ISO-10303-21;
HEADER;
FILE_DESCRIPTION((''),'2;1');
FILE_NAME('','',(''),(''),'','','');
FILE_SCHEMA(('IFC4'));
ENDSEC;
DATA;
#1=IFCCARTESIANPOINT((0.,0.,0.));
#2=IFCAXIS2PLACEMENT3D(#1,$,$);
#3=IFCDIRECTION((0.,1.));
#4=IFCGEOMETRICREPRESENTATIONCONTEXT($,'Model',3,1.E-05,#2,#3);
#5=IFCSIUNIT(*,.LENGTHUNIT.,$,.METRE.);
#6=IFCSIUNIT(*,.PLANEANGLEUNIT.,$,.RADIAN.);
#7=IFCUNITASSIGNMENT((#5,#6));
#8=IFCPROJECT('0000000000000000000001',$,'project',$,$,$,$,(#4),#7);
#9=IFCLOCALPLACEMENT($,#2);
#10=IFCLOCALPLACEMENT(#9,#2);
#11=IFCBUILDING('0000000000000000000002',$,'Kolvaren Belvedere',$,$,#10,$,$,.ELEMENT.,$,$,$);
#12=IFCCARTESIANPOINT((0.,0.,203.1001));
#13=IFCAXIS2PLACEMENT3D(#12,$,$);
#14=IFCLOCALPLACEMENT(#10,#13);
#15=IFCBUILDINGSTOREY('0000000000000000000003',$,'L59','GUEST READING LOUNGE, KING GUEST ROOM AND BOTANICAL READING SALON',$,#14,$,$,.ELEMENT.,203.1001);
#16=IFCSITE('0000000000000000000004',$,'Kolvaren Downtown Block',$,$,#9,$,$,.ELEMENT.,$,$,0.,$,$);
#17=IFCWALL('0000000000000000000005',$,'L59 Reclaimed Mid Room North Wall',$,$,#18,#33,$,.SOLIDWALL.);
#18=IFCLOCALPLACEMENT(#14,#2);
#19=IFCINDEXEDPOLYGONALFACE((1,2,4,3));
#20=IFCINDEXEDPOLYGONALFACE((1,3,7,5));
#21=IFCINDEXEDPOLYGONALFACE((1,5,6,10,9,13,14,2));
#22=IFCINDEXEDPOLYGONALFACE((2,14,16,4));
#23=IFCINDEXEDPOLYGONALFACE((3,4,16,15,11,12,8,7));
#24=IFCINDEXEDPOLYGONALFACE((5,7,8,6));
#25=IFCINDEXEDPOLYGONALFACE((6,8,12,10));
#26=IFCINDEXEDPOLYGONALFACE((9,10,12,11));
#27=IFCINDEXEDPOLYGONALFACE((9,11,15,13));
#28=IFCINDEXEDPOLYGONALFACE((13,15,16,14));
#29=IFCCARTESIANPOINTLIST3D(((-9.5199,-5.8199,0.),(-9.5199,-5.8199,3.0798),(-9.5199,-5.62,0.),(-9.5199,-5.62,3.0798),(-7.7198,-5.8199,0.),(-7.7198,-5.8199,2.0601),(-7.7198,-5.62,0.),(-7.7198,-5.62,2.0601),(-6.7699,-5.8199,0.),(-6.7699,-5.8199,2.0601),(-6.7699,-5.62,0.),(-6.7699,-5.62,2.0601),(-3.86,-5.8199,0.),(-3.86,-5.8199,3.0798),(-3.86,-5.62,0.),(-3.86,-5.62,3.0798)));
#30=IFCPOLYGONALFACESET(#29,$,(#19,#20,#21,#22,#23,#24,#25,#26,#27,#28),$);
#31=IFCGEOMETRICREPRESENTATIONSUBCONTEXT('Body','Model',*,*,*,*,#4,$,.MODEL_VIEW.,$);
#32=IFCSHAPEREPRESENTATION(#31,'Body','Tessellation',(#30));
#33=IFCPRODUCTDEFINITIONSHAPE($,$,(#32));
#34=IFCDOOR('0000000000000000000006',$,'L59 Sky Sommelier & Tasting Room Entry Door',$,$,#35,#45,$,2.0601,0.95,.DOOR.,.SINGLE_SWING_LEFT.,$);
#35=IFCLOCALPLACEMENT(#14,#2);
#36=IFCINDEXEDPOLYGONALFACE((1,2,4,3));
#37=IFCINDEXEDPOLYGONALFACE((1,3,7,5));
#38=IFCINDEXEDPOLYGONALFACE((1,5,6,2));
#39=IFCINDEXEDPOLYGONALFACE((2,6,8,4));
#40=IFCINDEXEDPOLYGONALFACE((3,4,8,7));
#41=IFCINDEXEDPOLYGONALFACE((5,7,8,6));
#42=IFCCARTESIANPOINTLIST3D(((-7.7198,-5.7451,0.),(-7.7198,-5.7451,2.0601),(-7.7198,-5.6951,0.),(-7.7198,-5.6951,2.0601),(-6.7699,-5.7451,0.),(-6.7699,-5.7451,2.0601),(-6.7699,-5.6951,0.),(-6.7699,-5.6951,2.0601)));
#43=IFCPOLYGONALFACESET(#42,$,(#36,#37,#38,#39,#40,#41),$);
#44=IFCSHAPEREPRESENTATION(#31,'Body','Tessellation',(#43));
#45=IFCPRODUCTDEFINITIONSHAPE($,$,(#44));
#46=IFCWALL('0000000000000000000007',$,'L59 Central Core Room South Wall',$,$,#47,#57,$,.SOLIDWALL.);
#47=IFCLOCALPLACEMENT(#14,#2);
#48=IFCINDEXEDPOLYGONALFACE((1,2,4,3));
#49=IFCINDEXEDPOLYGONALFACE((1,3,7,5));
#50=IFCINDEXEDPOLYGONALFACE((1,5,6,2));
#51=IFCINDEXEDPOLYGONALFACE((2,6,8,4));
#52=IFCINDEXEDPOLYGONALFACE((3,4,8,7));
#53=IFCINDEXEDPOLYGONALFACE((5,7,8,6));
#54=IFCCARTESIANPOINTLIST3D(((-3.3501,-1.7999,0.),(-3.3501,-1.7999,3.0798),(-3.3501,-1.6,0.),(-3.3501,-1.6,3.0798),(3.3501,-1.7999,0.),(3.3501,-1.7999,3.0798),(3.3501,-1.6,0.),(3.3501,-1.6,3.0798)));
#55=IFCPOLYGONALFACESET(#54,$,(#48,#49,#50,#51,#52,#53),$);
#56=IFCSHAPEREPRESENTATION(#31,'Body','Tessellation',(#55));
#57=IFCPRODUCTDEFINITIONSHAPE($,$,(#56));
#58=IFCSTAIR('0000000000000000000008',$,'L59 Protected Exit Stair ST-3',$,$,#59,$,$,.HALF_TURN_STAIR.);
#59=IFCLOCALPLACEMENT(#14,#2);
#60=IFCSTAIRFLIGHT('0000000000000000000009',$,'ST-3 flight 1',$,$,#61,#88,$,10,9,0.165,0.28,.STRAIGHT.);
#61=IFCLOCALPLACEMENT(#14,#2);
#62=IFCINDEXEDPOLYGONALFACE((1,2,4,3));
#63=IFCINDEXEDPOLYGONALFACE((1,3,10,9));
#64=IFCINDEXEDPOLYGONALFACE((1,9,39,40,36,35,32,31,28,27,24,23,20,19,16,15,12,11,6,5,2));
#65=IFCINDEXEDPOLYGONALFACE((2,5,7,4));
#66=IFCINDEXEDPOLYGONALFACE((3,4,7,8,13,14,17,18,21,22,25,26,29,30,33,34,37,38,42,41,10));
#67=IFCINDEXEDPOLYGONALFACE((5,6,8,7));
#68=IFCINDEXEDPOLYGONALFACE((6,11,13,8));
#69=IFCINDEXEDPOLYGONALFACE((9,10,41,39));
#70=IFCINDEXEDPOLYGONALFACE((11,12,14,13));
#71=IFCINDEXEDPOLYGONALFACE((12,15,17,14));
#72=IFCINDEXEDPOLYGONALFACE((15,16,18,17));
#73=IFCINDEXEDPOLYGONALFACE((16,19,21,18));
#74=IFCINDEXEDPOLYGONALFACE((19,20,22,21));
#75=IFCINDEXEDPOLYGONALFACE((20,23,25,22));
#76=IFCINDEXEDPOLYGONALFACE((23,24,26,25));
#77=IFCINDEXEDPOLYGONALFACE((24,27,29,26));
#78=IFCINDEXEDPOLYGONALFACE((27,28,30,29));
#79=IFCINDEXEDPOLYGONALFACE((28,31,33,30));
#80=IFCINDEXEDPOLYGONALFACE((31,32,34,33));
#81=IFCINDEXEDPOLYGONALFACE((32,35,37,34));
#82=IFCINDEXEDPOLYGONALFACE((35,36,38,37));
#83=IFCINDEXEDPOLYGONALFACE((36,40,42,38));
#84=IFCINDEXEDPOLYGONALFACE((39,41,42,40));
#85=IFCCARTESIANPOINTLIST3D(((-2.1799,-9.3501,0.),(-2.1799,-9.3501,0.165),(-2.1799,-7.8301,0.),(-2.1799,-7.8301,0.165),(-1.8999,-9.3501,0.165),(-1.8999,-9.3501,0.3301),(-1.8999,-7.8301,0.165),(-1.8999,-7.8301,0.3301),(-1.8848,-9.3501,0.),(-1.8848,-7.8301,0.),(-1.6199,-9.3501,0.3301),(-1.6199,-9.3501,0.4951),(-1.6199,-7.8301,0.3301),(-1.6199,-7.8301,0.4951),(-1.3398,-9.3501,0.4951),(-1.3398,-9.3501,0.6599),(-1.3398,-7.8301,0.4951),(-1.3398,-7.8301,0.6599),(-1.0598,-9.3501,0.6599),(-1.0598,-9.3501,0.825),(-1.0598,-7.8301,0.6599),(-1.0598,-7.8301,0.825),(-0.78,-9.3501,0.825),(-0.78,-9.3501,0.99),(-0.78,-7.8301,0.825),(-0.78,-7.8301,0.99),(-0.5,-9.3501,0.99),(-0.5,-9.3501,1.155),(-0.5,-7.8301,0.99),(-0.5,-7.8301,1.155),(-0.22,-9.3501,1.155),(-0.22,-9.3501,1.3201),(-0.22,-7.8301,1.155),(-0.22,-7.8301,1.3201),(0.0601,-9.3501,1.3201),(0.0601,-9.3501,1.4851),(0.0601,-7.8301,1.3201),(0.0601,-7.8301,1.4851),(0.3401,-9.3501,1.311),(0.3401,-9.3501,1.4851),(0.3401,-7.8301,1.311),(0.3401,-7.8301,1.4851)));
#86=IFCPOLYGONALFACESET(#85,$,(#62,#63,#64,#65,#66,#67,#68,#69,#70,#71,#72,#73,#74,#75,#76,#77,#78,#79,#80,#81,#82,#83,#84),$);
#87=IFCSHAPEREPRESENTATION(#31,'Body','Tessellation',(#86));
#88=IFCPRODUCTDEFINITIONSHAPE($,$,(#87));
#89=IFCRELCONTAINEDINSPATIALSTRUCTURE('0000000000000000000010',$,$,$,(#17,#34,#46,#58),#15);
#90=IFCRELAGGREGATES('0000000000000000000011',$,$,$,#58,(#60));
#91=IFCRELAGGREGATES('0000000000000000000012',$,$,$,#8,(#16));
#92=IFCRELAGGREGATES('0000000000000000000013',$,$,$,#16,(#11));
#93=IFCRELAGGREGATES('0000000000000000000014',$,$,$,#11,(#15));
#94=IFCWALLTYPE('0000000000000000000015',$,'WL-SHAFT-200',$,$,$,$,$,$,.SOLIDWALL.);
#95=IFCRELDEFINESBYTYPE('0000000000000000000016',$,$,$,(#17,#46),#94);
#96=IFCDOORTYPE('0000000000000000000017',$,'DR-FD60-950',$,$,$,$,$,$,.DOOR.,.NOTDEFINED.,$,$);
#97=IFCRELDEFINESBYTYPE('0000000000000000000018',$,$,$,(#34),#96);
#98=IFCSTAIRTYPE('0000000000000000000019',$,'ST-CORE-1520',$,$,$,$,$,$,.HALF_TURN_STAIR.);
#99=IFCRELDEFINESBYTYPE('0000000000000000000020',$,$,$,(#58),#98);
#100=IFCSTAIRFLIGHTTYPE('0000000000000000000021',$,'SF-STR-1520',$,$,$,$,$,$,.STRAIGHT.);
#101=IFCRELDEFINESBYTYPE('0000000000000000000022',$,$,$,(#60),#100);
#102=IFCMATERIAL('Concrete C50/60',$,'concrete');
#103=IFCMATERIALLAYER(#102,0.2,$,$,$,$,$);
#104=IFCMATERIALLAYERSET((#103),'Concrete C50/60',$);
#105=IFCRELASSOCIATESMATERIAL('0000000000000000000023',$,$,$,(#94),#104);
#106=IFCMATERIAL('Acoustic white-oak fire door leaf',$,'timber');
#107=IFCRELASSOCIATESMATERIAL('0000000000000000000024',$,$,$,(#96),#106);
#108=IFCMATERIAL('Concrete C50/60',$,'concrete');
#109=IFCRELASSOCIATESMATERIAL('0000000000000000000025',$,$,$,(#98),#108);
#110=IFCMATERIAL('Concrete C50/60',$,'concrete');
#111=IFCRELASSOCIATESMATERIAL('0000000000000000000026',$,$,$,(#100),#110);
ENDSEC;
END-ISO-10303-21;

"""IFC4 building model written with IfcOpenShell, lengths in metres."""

from ifc_helpers import new_model, si_unit, direction, frame, frame_2d, origin, place, context, subcontext, project, spatial, polyline, rectangle, outline, extrude, material, layer, layer_set, type_object, element, fill, aggregate, save


model = new_model("IFC4")

# Units and contexts
model_context = context("Model", 3, precision=1e-05, world=origin(), true_north=direction((0.0, 1.0)))
body_context = subcontext(model_context, "Body", "Model", "MODEL_VIEW")
ifc_project = project(units=[si_unit("LENGTHUNIT", "METRE"), si_unit("PLANEANGLEUNIT", "RADIAN")], contexts=[model_context])

# Site, building, storey
site_placement = place(None, origin())
site = spatial("IfcSite", under=ifc_project, at=site_placement, Name="Kolvaren Downtown Block", CompositionType="ELEMENT", RefElevation=0.0)
building_placement = place(site_placement, origin())
building = spatial("IfcBuilding", under=site, at=building_placement, Name="Kolvaren Belvedere", CompositionType="ELEMENT")
storey_placement = place(building_placement, frame((0.0, 0.0, 203.1001)))
storey = spatial("IfcBuildingStorey", under=building, at=storey_placement, Name="L59", Description="GUEST READING LOUNGE, KING GUEST ROOM AND BOTANICAL READING SALON", CompositionType="ELEMENT", Elevation=203.1001)

# Shared definitions
ifc_material_1 = material(Name="Concrete C50/60", Category="concrete")
ifc_layer_1 = layer(ifc_material_1, 0.2)
ifc_layer_set_1 = layer_set([ifc_layer_1], Name="Concrete C50/60")
wall_type_1 = type_object("IfcWallType", Name="WL-SHAFT-200", PredefinedType="SOLIDWALL", material=ifc_layer_set_1)
ifc_material_2 = material(Name="Acoustic white-oak fire door leaf", Category="timber")
door_type_1 = type_object("IfcDoorType", Name="DR-FD60-950", OperationType="NOTDEFINED", PredefinedType="DOOR", material=ifc_material_2)

# Wall, opening, door
wall_1_placement = place(storey_placement, frame((-9.52, -5.72, 0.0), z_axis=(0.0, 0.0, 1.0), x_axis=(1.0, 0.0, 0.0)))
wall_1 = element("IfcWall", 1, at=wall_1_placement, inside=storey, type_object=wall_type_1, Name="L59 Reclaimed Mid Room North Wall", PredefinedType="SOLIDWALL", context=body_context, shape_type="SweptSolid", body=[
    extrude(rectangle(XDim=5.6599, YDim=0.2, at=frame_2d((2.8301, 0.0))), origin(), (0.0, 0.0, 1.0), 3.0798),
])
opening_1_placement = place(wall_1_placement, frame((1.8, 0.0, 0.0)))
opening_1 = element("IfcOpeningElement", 2, at=opening_1_placement, cuts=wall_1, PredefinedType="OPENING", context=body_context, shape_type="SweptSolid", body=[
    extrude(rectangle(XDim=0.95, YDim=2.0601, at=frame_2d((0.4751, 1.03))), frame((0.0, 0.1099, 0.0), z_axis=(0.0, -1.0, 0.0), x_axis=(1.0, 0.0, 0.0)), (0.0, 0.0, 1.0), 0.22),
])
door_1_placement = place(opening_1_placement, origin())
door_1 = element("IfcDoor", 3, at=door_1_placement, inside=storey, type_object=door_type_1, Name="L59 Sky Sommelier & Tasting Room Entry Door", OperationType="SINGLE_SWING_LEFT", OverallHeight=2.0601, OverallWidth=0.95, PredefinedType="DOOR", context=body_context, shape_type="SweptSolid", body=[
    extrude(rectangle(XDim=0.95, YDim=2.0601, at=frame_2d((0.4751, 1.03))), frame((0.0, 0.0249, 0.0), z_axis=(0.0, -1.0, 0.0), x_axis=(1.0, 0.0, 0.0)), (0.0, 0.0, 1.0), 0.05),
])
fill(opening_1, door_1)

# Wall
wall_2_placement = place(storey_placement, frame((-3.3501, -1.7, 0.0), z_axis=(0.0, 0.0, 1.0), x_axis=(1.0, 0.0, 0.0)))
element("IfcWall", 4, at=wall_2_placement, inside=storey, type_object=wall_type_1, Name="L59 Central Core Room South Wall", PredefinedType="SOLIDWALL", context=body_context, shape_type="SweptSolid", body=[
    extrude(rectangle(XDim=6.7002, YDim=0.2, at=frame_2d((3.3501, 0.0))), origin(), (0.0, 0.0, 1.0), 3.0798),
])

# Stair, stair flight
ifc_material_3 = material(Name="Concrete C50/60", Category="concrete")
stair_type = type_object("IfcStairType", Name="ST-CORE-1520", PredefinedType="HALF_TURN_STAIR", material=ifc_material_3)
stair_placement = place(storey_placement, origin())
stair = element("IfcStair", 5, at=stair_placement, inside=storey, type_object=stair_type, Name="L59 Protected Exit Stair ST-3", PredefinedType="HALF_TURN_STAIR")
ifc_material_4 = material(Name="Concrete C50/60", Category="concrete")
stair_flight_type = type_object("IfcStairFlightType", Name="SF-STR-1520", PredefinedType="STRAIGHT", material=ifc_material_4)
stair_flight_placement = place(storey_placement, frame((-2.1799, -8.5901, 0.0), z_axis=(0.0, 0.0, 1.0), x_axis=(1.0, 0.0, 0.0)))
stair_flight = element("IfcStairFlight", 6, at=stair_flight_placement, type_object=stair_flight_type, Name="ST-3 flight 1", NumberOfRisers=10, NumberOfTreads=9, PredefinedType="STRAIGHT", RiserHeight=0.165, TreadLength=0.28, context=body_context, shape_type="SweptSolid", body=[
    extrude(outline(polyline([(0.0, 0.0), (0.0, 0.165), (0.28, 0.165), (0.28, 0.3301), (0.5601, 0.3301), (0.5601, 0.4951), (0.8401, 0.4951), (0.8401, 0.6599), (1.1201, 0.6599), (1.1201, 0.825), (1.3999, 0.825), (1.3999, 0.99), (1.6799, 0.99), (1.6799, 1.155), (1.96, 1.155), (1.96, 1.3201), (2.24, 1.3201), (2.24, 1.4851), (2.52, 1.4851), (2.52, 1.6499), (2.52, 1.311), (0.2952, 0.0), (0.0, 0.0)])), frame((0.0, 0.76, 0.0), z_axis=(0.0, -1.0, 0.0), x_axis=(1.0, 0.0, 0.0)), (0.0, 0.0, 1.0), 1.52),
])
aggregate(stair, [stair_flight])

save(model, "model.ifc")
